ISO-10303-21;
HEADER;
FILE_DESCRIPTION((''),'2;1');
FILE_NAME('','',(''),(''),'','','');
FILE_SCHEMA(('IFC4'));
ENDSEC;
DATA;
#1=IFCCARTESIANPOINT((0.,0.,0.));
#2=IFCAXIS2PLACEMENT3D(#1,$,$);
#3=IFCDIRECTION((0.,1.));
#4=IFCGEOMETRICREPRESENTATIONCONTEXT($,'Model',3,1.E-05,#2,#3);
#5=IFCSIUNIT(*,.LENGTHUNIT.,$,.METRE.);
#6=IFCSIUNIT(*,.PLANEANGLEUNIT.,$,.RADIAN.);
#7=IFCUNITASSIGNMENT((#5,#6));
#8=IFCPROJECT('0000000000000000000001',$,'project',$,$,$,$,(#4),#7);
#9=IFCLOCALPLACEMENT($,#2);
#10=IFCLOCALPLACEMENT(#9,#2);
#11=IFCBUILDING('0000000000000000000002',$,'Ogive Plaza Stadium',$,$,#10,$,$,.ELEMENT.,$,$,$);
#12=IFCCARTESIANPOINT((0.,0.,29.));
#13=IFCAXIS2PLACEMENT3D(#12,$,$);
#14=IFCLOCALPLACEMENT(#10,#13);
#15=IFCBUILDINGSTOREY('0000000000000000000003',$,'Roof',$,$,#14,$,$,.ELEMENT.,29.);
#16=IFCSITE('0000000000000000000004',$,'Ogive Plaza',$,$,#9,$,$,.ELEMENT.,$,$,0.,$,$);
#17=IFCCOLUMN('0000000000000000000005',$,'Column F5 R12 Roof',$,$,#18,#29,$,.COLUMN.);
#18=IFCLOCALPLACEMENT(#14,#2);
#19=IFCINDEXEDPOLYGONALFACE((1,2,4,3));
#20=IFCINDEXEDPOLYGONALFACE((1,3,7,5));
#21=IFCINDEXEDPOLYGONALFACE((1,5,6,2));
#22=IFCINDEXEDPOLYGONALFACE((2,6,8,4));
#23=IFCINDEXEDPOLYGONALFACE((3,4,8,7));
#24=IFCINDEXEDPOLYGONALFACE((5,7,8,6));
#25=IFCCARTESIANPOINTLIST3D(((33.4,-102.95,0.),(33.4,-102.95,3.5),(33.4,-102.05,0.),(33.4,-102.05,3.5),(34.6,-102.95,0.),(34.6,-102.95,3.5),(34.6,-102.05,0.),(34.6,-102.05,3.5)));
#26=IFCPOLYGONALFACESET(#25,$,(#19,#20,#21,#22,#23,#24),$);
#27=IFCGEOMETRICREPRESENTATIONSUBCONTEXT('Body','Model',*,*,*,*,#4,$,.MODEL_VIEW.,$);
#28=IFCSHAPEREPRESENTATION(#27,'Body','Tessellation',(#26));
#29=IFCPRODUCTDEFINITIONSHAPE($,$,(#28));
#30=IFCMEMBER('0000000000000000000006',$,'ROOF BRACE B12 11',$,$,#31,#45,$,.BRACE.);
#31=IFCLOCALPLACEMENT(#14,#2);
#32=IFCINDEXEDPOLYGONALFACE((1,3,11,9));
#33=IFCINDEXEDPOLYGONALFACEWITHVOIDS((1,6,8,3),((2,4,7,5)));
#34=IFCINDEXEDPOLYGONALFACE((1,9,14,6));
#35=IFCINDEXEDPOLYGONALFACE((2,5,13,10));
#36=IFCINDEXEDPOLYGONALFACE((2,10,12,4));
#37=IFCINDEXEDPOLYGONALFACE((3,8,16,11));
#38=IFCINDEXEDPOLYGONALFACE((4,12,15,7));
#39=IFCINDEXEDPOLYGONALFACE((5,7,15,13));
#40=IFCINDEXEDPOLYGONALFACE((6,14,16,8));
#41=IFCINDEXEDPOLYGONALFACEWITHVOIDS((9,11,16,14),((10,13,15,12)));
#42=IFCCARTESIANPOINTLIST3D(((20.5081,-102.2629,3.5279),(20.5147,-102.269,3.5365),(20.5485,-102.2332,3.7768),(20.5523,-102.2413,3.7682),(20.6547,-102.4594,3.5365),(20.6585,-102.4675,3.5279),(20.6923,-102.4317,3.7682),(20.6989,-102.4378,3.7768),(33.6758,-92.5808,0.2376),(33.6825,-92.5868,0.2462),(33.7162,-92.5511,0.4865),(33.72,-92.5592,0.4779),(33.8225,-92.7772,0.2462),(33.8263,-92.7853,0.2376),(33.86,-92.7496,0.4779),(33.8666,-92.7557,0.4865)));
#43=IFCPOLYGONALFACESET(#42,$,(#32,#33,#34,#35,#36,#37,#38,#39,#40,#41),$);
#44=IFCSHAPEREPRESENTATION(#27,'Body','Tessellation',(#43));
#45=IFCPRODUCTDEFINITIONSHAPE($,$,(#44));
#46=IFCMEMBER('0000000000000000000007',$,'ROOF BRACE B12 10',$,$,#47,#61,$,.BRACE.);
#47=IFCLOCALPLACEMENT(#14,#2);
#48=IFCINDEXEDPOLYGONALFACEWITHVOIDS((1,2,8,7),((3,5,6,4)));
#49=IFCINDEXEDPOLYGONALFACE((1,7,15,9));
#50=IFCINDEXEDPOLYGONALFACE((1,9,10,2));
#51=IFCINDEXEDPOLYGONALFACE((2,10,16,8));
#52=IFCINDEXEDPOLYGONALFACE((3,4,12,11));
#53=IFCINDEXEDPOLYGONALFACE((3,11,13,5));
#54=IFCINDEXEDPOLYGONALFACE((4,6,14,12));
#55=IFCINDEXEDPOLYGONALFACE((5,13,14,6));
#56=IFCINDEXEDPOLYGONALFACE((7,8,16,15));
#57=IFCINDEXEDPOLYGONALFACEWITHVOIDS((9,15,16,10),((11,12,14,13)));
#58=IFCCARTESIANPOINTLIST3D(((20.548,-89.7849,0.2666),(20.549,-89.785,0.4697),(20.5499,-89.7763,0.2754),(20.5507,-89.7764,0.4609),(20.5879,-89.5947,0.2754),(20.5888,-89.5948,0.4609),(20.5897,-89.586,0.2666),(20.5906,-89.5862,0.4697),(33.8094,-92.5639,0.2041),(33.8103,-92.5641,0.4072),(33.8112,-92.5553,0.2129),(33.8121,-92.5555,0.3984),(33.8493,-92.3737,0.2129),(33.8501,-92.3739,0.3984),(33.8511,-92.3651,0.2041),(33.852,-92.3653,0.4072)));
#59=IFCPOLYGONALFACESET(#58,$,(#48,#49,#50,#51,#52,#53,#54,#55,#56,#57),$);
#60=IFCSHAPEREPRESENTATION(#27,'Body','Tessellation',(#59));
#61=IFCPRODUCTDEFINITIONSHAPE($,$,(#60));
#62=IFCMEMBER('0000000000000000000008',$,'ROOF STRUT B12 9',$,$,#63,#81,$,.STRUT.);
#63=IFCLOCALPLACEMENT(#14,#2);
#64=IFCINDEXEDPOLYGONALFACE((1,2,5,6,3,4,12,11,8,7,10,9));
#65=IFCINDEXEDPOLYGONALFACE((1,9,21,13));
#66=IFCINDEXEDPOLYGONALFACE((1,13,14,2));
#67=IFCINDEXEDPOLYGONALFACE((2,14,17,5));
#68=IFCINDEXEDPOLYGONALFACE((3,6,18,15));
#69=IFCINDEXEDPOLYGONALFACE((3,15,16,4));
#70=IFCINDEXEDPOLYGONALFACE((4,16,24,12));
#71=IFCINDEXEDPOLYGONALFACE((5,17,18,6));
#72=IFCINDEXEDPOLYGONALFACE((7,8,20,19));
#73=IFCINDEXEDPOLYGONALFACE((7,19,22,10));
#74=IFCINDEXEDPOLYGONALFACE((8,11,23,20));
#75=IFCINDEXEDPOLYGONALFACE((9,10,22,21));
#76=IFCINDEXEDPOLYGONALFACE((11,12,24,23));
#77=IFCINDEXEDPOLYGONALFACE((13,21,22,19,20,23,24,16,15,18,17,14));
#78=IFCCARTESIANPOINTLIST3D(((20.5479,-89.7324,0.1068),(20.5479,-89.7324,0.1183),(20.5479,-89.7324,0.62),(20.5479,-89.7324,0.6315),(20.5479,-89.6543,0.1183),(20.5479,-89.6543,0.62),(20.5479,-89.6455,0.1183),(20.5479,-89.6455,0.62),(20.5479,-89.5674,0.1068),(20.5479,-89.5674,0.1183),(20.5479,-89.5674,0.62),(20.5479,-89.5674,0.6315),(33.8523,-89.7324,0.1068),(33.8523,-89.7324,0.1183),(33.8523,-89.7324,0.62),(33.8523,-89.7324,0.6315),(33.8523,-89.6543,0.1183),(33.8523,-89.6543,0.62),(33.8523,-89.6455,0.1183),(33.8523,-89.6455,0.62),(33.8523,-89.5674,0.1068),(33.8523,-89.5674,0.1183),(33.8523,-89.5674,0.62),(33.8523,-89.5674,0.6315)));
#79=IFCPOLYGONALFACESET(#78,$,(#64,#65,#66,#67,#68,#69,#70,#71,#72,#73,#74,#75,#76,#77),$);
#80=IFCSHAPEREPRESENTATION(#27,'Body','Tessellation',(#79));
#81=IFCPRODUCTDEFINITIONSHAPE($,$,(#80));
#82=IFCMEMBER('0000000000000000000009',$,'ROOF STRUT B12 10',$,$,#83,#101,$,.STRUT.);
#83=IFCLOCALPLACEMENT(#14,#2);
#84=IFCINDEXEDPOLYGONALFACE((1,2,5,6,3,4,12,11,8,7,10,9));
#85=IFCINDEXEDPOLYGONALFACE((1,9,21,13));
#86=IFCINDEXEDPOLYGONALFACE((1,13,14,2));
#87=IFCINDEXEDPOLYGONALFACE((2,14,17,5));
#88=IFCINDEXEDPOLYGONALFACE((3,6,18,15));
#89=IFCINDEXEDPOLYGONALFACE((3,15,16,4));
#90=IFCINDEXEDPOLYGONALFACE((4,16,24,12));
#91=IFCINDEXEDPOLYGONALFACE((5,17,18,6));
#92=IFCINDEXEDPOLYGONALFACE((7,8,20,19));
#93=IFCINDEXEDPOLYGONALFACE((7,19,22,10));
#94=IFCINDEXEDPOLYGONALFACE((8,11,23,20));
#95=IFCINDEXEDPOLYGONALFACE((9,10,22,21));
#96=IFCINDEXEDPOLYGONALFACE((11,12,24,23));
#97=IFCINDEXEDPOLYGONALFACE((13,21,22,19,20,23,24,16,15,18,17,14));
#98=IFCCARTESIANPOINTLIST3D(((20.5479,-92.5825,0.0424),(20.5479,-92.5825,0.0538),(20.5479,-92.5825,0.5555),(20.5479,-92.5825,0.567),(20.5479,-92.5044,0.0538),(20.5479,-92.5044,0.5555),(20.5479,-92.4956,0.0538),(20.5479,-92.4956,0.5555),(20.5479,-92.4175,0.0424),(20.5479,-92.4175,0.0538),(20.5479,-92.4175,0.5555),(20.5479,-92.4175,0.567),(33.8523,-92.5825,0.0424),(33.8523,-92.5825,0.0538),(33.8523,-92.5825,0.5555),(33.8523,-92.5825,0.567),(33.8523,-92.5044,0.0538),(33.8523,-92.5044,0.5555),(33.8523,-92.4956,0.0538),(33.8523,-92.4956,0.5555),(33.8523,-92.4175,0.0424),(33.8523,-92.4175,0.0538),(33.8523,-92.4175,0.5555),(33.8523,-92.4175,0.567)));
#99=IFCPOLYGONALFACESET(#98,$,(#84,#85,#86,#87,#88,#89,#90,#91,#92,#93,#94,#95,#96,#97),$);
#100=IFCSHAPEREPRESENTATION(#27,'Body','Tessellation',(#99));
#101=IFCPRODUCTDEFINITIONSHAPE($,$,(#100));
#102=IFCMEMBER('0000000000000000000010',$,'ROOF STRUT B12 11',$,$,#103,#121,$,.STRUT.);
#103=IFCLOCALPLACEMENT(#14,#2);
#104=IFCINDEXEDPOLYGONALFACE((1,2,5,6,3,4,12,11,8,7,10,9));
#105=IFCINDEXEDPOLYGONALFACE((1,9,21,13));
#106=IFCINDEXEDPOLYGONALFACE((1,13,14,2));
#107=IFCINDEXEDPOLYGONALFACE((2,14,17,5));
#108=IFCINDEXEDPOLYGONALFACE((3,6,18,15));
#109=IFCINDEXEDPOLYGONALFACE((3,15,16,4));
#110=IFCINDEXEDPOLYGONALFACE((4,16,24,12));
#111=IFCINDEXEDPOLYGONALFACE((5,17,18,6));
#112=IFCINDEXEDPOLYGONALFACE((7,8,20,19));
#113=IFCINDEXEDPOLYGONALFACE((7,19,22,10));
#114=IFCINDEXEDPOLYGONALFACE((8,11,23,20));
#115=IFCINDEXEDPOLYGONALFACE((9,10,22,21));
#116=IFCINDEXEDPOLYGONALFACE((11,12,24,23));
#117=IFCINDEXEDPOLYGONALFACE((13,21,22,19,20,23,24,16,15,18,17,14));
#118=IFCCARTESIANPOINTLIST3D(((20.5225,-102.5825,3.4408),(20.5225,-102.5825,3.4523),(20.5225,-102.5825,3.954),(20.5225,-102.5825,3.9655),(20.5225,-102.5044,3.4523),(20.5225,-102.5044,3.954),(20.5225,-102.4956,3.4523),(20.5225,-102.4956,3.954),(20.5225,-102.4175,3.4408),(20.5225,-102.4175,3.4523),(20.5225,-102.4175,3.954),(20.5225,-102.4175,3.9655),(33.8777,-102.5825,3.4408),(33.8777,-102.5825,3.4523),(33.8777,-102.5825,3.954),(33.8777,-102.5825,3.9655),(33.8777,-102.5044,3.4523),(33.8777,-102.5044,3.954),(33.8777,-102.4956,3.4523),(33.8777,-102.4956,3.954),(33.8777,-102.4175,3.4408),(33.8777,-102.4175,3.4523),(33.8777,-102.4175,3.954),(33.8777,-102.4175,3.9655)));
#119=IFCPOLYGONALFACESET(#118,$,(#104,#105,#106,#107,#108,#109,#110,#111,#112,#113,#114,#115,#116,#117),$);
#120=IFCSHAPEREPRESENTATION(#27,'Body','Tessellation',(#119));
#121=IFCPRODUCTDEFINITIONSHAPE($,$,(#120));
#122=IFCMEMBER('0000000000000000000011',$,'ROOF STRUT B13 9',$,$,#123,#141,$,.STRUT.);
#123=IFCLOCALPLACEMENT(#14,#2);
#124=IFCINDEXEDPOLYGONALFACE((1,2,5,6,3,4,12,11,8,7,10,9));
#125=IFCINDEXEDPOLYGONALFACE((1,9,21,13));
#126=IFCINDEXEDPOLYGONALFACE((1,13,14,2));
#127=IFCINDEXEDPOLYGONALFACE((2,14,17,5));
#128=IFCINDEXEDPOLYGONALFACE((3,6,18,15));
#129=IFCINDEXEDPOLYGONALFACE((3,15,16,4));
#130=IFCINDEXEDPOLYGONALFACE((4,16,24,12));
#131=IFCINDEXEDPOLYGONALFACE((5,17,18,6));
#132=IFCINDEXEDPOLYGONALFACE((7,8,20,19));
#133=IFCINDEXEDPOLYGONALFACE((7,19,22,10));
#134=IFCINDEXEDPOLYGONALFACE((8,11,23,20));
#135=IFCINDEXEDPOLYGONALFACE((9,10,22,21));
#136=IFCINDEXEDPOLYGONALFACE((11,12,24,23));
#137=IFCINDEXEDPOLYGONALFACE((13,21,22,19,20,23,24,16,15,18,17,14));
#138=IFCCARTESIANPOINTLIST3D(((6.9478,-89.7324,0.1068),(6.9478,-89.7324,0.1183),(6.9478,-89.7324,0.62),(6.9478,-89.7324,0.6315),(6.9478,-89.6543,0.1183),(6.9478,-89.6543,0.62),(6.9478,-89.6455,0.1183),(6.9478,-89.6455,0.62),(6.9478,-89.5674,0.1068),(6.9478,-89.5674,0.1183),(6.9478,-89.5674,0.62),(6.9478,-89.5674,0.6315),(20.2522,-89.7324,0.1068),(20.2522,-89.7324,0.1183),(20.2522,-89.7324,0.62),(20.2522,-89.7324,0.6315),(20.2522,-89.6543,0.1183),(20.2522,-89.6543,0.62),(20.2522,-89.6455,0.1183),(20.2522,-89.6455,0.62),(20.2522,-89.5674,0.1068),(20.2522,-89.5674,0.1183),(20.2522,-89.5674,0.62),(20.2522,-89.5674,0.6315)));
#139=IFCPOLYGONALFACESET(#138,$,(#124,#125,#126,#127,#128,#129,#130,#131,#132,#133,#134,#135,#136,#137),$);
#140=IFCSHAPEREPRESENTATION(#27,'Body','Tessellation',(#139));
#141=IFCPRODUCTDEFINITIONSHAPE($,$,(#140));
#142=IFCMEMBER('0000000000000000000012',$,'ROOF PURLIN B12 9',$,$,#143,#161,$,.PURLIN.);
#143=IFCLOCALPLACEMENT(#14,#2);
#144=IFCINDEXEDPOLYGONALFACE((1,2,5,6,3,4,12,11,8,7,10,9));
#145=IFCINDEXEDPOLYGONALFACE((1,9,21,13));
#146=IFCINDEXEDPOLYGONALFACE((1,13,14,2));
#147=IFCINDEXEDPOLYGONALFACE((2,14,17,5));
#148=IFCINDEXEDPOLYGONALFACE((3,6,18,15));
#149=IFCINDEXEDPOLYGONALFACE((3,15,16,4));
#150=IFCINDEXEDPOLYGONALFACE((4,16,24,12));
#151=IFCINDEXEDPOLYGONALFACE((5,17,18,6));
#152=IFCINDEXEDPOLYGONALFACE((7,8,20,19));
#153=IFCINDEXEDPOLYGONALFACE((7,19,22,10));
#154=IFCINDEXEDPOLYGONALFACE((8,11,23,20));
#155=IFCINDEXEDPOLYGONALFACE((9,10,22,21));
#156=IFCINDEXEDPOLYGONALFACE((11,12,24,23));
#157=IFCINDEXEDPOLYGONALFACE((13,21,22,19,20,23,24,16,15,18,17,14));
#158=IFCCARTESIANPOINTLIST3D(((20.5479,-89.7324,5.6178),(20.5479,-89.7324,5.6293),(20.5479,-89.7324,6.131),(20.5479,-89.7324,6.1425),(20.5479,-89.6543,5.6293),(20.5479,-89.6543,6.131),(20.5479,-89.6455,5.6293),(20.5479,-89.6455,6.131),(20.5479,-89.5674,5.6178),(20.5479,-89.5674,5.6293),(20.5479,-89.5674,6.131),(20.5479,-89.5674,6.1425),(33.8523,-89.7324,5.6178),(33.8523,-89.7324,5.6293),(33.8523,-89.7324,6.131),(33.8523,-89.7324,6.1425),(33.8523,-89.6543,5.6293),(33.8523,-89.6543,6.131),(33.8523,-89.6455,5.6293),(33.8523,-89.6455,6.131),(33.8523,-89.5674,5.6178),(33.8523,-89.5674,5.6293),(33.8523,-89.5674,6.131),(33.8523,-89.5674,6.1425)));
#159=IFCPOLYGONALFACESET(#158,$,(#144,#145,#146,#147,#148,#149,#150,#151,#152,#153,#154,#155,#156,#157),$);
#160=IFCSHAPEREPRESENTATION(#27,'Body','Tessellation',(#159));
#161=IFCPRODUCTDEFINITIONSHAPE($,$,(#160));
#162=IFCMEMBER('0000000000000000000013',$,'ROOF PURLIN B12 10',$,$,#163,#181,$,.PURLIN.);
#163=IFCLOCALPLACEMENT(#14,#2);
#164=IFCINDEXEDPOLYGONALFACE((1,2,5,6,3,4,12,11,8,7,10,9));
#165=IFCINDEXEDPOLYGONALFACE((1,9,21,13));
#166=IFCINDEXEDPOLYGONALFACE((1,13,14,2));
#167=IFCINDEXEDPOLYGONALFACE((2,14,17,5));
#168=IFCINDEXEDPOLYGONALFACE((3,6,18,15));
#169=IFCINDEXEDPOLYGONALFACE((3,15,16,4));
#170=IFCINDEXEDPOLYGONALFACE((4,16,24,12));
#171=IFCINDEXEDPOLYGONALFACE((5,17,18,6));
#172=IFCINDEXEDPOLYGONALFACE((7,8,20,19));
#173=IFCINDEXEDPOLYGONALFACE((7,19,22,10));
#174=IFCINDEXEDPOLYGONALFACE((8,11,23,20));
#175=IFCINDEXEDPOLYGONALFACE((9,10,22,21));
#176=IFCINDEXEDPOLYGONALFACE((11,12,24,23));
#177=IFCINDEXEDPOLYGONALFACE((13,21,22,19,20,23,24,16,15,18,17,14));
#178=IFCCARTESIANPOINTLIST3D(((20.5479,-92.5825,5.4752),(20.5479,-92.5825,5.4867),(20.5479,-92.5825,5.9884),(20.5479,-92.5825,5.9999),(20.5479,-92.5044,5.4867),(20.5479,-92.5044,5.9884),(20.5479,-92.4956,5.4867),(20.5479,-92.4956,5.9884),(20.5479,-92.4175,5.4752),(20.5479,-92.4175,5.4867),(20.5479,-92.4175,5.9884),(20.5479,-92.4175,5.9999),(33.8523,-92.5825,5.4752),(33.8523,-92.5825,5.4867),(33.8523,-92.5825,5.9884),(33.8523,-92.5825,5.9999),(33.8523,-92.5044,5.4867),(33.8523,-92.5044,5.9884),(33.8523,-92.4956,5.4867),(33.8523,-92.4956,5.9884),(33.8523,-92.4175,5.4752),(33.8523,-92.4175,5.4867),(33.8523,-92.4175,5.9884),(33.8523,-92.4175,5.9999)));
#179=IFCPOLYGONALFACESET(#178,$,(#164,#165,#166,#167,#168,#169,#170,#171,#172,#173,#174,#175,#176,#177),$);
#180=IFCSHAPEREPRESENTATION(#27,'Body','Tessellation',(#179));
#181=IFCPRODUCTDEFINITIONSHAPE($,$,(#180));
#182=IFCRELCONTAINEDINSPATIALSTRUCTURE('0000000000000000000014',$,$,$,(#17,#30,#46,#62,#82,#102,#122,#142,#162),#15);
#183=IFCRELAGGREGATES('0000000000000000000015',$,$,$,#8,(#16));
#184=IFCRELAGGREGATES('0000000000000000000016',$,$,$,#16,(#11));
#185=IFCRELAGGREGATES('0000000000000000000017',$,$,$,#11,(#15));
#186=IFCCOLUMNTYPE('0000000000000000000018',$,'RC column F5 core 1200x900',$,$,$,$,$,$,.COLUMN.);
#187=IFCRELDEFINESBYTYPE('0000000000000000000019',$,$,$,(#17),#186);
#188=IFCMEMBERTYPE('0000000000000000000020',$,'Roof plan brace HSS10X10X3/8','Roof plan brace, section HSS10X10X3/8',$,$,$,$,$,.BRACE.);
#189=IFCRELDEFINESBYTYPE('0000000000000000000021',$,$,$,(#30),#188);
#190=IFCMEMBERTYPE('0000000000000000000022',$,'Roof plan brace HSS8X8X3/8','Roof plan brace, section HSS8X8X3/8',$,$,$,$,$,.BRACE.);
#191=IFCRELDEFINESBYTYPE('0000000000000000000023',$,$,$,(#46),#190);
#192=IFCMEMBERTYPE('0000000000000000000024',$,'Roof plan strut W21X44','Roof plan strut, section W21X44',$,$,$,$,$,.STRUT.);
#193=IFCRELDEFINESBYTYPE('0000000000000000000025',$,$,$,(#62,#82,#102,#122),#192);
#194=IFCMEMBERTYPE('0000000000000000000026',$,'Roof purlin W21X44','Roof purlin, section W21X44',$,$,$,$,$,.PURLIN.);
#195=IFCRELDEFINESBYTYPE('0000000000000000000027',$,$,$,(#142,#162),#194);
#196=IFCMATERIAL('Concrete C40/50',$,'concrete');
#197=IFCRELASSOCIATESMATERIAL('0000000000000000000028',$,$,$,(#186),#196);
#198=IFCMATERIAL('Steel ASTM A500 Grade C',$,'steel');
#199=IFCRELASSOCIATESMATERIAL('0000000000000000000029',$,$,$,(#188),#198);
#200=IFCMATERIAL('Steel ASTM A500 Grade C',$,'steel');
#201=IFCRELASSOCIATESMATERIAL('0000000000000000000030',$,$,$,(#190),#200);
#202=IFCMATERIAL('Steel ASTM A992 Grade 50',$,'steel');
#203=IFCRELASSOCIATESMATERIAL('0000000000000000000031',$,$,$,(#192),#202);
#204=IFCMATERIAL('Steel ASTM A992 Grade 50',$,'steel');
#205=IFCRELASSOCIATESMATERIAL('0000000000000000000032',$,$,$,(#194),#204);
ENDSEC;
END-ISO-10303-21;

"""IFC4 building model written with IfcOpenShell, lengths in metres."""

from ifc_helpers import new_model, si_unit, direction, frame, origin, origin_2d, place, context, subcontext, project, spatial, rectangle, hollow_rectangle, i_section, extrude, material, material_profile, profile_set, type_object, element, save


model = new_model("IFC4")

# Units and contexts
model_context = context("Model", 3, precision=1e-05, world=origin(), true_north=direction((0.0, 1.0)))
body_context = subcontext(model_context, "Body", "Model", "MODEL_VIEW")
ifc_project = project(units=[si_unit("LENGTHUNIT", "METRE"), si_unit("PLANEANGLEUNIT", "RADIAN")], contexts=[model_context])

# Site, building, storey
site_placement = place(None, origin())
site = spatial("IfcSite", under=ifc_project, at=site_placement, Name="Ogive Plaza", CompositionType="ELEMENT", RefElevation=0.0)
building_placement = place(site_placement, origin())
building = spatial("IfcBuilding", under=site, at=building_placement, Name="Ogive Plaza Stadium", CompositionType="ELEMENT")
storey_placement = place(building_placement, frame((0.0, 0.0, 29.0)))
storey = spatial("IfcBuildingStorey", under=building, at=storey_placement, Name="Roof", CompositionType="ELEMENT", Elevation=29.0)

# Column
ifc_material_1 = material(Name="Concrete C40/50", Category="concrete")
ifc_material_profile_1 = material_profile(ifc_material_1, rectangle(XDim=1.2, YDim=0.8999, at=origin_2d()), Name="RC 1200x900")
ifc_profile_set_1 = profile_set([ifc_material_profile_1], Name="Concrete C40/50")
column_type = type_object("IfcColumnType", Name="RC column F5 core 1200x900", PredefinedType="COLUMN", material=ifc_profile_set_1)
column_placement = place(storey_placement, frame((34.0, -102.5, 0.0), z_axis=(0.0, 0.0, 1.0), x_axis=(1.0, 0.0, 0.0)))
element("IfcColumn", 1, at=column_placement, inside=storey, type_object=column_type, Name="Column F5 R12 Roof", PredefinedType="COLUMN", context=body_context, shape_type="SweptSolid", body=[
    extrude(rectangle(XDim=1.2, YDim=0.8999, at=origin_2d()), origin(), (0.0, 0.0, 1.0), 3.5),
])

# Members
ifc_material_2 = material(Name="Steel ASTM A500 Grade C", Category="steel")
ifc_material_profile_2 = material_profile(ifc_material_2, hollow_rectangle(XDim=0.2539, YDim=0.2539, WallThickness=0.0088, at=origin_2d()), Name="HSS10X10X3/8")
ifc_profile_set_2 = profile_set([ifc_material_profile_2], Name="Steel ASTM A500 Grade C")
member_type_1 = type_object("IfcMemberType", Name="Roof plan brace HSS10X10X3/8", Description="Roof plan brace, section HSS10X10X3/8", PredefinedType="BRACE", material=ifc_profile_set_2)
member_1_placement = place(storey_placement, frame((33.7712, -92.6682, 0.3621), z_axis=(-0.789807, -0.580739, 0.197353), x_axis=(0.59239, -0.805652, 0.0)))
element("IfcMember", 2, at=member_1_placement, inside=storey, type_object=member_type_1, Name="ROOF BRACE B12 11", PredefinedType="BRACE", context=body_context, shape_type="SweptSolid", body=[
    extrude(hollow_rectangle(XDim=0.2539, YDim=0.2539, WallThickness=0.0088, at=origin_2d()), origin(), (0.0, 0.0, 1.0), 16.6721),
])
ifc_material_3 = material(Name="Steel ASTM A500 Grade C", Category="steel")
ifc_material_profile_3 = material_profile(ifc_material_3, hollow_rectangle(XDim=0.2031, YDim=0.2031, WallThickness=0.0088, at=origin_2d()), Name="HSS8X8X3/8")
ifc_profile_set_3 = profile_set([ifc_material_profile_3], Name="Steel ASTM A500 Grade C")
member_type_2 = type_object("IfcMemberType", Name="Roof plan brace HSS8X8X3/8", Description="Roof plan brace, section HSS8X8X3/8", PredefinedType="BRACE", material=ifc_profile_set_3)
member_2_placement = place(storey_placement, frame((20.5693, -89.6855, 0.3682), z_axis=(0.97873, -0.205101, -0.004613), x_axis=(0.205103, 0.97874, 0.0)))
element("IfcMember", 3, at=member_2_placement, inside=storey, type_object=member_type_2, Name="ROOF BRACE B12 10", PredefinedType="BRACE", context=body_context, shape_type="SweptSolid", body=[
    extrude(hollow_rectangle(XDim=0.2031, YDim=0.2031, WallThickness=0.0088, at=origin_2d()), origin(), (0.0, 0.0, 1.0), 13.5496),
])
ifc_material_4 = material(Name="Steel ASTM A992 Grade 50", Category="steel")
ifc_material_profile_4 = material_profile(ifc_material_4, i_section(OverallWidth=0.165, OverallDepth=0.5247, WebThickness=0.0088, FlangeThickness=0.0115, at=origin_2d()), Name="W21X44")
ifc_profile_set_4 = profile_set([ifc_material_profile_4], Name="Steel ASTM A992 Grade 50")
member_type_3 = type_object("IfcMemberType", Name="Roof plan strut W21X44", Description="Roof plan strut, section W21X44", PredefinedType="STRUT", material=ifc_profile_set_4)
for number, where, z_axis, x_axis, name in (
    (4, (33.8523, -89.6499, 0.3691), (-1.0, 0.0, 0.0), (0.0, -1.0, 0.0), "ROOF STRUT B12 9"),
    (5, (33.8523, -92.5, 0.3047), (-1.0, 0.0, 0.0), (0.0, -1.0, 0.0), "ROOF STRUT B12 10"),
):
    element("IfcMember", number, at=place(storey_placement, frame(where, z_axis=z_axis, x_axis=x_axis)), inside=storey, type_object=member_type_3, Name=name, PredefinedType="STRUT", context=body_context, shape_type="SweptSolid", body=[
        extrude(i_section(OverallWidth=0.165, OverallDepth=0.5247, WebThickness=0.0088, FlangeThickness=0.0115, at=origin_2d()), origin(), (0.0, 0.0, 1.0), 13.3044),
    ])
member_3_placement = place(storey_placement, frame((33.8777, -102.5, 3.7031), z_axis=(-1.0, 0.0, 0.0), x_axis=(0.0, -1.0, 0.0)))
element("IfcMember", 6, at=member_3_placement, inside=storey, type_object=member_type_3, Name="ROOF STRUT B12 11", PredefinedType="STRUT", context=body_context, shape_type="SweptSolid", body=[
    extrude(i_section(OverallWidth=0.165, OverallDepth=0.5247, WebThickness=0.0088, FlangeThickness=0.0115, at=origin_2d()), origin(), (0.0, 0.0, 1.0), 13.3552),
])
member_4_placement = place(storey_placement, frame((20.2522, -89.6499, 0.3691), z_axis=(-1.0, 0.0, 0.0), x_axis=(0.0, -1.0, 0.0)))
element("IfcMember", 7, at=member_4_placement, inside=storey, type_object=member_type_3, Name="ROOF STRUT B13 9", PredefinedType="STRUT", context=body_context, shape_type="SweptSolid", body=[
    extrude(i_section(OverallWidth=0.165, OverallDepth=0.5247, WebThickness=0.0088, FlangeThickness=0.0115, at=origin_2d()), origin(), (0.0, 0.0, 1.0), 13.3044),
])
ifc_material_5 = material(Name="Steel ASTM A992 Grade 50", Category="steel")
ifc_material_profile_5 = material_profile(ifc_material_5, i_section(OverallWidth=0.165, OverallDepth=0.5247, WebThickness=0.0088, FlangeThickness=0.0115, at=origin_2d()), Name="W21X44")
ifc_profile_set_5 = profile_set([ifc_material_profile_5], Name="Steel ASTM A992 Grade 50")
member_type_4 = type_object("IfcMemberType", Name="Roof purlin W21X44", Description="Roof purlin, section W21X44", PredefinedType="PURLIN", material=ifc_profile_set_5)
for number, where, z_axis, x_axis, name in (
    (8, (33.8523, -89.6499, 5.8801), (-1.0, 0.0, 0.0), (0.0, -1.0, 0.0), "ROOF PURLIN B12 9"),
    (9, (33.8523, -92.5, 5.7375), (-1.0, 0.0, 0.0), (0.0, -1.0, 0.0), "ROOF PURLIN B12 10"),
):
    element("IfcMember", number, at=place(storey_placement, frame(where, z_axis=z_axis, x_axis=x_axis)), inside=storey, type_object=member_type_4, Name=name, PredefinedType="PURLIN", context=body_context, shape_type="SweptSolid", body=[
        extrude(i_section(OverallWidth=0.165, OverallDepth=0.5247, WebThickness=0.0088, FlangeThickness=0.0115, at=origin_2d()), origin(), (0.0, 0.0, 1.0), 13.3044),
    ])

save(model, "model.ifc")
